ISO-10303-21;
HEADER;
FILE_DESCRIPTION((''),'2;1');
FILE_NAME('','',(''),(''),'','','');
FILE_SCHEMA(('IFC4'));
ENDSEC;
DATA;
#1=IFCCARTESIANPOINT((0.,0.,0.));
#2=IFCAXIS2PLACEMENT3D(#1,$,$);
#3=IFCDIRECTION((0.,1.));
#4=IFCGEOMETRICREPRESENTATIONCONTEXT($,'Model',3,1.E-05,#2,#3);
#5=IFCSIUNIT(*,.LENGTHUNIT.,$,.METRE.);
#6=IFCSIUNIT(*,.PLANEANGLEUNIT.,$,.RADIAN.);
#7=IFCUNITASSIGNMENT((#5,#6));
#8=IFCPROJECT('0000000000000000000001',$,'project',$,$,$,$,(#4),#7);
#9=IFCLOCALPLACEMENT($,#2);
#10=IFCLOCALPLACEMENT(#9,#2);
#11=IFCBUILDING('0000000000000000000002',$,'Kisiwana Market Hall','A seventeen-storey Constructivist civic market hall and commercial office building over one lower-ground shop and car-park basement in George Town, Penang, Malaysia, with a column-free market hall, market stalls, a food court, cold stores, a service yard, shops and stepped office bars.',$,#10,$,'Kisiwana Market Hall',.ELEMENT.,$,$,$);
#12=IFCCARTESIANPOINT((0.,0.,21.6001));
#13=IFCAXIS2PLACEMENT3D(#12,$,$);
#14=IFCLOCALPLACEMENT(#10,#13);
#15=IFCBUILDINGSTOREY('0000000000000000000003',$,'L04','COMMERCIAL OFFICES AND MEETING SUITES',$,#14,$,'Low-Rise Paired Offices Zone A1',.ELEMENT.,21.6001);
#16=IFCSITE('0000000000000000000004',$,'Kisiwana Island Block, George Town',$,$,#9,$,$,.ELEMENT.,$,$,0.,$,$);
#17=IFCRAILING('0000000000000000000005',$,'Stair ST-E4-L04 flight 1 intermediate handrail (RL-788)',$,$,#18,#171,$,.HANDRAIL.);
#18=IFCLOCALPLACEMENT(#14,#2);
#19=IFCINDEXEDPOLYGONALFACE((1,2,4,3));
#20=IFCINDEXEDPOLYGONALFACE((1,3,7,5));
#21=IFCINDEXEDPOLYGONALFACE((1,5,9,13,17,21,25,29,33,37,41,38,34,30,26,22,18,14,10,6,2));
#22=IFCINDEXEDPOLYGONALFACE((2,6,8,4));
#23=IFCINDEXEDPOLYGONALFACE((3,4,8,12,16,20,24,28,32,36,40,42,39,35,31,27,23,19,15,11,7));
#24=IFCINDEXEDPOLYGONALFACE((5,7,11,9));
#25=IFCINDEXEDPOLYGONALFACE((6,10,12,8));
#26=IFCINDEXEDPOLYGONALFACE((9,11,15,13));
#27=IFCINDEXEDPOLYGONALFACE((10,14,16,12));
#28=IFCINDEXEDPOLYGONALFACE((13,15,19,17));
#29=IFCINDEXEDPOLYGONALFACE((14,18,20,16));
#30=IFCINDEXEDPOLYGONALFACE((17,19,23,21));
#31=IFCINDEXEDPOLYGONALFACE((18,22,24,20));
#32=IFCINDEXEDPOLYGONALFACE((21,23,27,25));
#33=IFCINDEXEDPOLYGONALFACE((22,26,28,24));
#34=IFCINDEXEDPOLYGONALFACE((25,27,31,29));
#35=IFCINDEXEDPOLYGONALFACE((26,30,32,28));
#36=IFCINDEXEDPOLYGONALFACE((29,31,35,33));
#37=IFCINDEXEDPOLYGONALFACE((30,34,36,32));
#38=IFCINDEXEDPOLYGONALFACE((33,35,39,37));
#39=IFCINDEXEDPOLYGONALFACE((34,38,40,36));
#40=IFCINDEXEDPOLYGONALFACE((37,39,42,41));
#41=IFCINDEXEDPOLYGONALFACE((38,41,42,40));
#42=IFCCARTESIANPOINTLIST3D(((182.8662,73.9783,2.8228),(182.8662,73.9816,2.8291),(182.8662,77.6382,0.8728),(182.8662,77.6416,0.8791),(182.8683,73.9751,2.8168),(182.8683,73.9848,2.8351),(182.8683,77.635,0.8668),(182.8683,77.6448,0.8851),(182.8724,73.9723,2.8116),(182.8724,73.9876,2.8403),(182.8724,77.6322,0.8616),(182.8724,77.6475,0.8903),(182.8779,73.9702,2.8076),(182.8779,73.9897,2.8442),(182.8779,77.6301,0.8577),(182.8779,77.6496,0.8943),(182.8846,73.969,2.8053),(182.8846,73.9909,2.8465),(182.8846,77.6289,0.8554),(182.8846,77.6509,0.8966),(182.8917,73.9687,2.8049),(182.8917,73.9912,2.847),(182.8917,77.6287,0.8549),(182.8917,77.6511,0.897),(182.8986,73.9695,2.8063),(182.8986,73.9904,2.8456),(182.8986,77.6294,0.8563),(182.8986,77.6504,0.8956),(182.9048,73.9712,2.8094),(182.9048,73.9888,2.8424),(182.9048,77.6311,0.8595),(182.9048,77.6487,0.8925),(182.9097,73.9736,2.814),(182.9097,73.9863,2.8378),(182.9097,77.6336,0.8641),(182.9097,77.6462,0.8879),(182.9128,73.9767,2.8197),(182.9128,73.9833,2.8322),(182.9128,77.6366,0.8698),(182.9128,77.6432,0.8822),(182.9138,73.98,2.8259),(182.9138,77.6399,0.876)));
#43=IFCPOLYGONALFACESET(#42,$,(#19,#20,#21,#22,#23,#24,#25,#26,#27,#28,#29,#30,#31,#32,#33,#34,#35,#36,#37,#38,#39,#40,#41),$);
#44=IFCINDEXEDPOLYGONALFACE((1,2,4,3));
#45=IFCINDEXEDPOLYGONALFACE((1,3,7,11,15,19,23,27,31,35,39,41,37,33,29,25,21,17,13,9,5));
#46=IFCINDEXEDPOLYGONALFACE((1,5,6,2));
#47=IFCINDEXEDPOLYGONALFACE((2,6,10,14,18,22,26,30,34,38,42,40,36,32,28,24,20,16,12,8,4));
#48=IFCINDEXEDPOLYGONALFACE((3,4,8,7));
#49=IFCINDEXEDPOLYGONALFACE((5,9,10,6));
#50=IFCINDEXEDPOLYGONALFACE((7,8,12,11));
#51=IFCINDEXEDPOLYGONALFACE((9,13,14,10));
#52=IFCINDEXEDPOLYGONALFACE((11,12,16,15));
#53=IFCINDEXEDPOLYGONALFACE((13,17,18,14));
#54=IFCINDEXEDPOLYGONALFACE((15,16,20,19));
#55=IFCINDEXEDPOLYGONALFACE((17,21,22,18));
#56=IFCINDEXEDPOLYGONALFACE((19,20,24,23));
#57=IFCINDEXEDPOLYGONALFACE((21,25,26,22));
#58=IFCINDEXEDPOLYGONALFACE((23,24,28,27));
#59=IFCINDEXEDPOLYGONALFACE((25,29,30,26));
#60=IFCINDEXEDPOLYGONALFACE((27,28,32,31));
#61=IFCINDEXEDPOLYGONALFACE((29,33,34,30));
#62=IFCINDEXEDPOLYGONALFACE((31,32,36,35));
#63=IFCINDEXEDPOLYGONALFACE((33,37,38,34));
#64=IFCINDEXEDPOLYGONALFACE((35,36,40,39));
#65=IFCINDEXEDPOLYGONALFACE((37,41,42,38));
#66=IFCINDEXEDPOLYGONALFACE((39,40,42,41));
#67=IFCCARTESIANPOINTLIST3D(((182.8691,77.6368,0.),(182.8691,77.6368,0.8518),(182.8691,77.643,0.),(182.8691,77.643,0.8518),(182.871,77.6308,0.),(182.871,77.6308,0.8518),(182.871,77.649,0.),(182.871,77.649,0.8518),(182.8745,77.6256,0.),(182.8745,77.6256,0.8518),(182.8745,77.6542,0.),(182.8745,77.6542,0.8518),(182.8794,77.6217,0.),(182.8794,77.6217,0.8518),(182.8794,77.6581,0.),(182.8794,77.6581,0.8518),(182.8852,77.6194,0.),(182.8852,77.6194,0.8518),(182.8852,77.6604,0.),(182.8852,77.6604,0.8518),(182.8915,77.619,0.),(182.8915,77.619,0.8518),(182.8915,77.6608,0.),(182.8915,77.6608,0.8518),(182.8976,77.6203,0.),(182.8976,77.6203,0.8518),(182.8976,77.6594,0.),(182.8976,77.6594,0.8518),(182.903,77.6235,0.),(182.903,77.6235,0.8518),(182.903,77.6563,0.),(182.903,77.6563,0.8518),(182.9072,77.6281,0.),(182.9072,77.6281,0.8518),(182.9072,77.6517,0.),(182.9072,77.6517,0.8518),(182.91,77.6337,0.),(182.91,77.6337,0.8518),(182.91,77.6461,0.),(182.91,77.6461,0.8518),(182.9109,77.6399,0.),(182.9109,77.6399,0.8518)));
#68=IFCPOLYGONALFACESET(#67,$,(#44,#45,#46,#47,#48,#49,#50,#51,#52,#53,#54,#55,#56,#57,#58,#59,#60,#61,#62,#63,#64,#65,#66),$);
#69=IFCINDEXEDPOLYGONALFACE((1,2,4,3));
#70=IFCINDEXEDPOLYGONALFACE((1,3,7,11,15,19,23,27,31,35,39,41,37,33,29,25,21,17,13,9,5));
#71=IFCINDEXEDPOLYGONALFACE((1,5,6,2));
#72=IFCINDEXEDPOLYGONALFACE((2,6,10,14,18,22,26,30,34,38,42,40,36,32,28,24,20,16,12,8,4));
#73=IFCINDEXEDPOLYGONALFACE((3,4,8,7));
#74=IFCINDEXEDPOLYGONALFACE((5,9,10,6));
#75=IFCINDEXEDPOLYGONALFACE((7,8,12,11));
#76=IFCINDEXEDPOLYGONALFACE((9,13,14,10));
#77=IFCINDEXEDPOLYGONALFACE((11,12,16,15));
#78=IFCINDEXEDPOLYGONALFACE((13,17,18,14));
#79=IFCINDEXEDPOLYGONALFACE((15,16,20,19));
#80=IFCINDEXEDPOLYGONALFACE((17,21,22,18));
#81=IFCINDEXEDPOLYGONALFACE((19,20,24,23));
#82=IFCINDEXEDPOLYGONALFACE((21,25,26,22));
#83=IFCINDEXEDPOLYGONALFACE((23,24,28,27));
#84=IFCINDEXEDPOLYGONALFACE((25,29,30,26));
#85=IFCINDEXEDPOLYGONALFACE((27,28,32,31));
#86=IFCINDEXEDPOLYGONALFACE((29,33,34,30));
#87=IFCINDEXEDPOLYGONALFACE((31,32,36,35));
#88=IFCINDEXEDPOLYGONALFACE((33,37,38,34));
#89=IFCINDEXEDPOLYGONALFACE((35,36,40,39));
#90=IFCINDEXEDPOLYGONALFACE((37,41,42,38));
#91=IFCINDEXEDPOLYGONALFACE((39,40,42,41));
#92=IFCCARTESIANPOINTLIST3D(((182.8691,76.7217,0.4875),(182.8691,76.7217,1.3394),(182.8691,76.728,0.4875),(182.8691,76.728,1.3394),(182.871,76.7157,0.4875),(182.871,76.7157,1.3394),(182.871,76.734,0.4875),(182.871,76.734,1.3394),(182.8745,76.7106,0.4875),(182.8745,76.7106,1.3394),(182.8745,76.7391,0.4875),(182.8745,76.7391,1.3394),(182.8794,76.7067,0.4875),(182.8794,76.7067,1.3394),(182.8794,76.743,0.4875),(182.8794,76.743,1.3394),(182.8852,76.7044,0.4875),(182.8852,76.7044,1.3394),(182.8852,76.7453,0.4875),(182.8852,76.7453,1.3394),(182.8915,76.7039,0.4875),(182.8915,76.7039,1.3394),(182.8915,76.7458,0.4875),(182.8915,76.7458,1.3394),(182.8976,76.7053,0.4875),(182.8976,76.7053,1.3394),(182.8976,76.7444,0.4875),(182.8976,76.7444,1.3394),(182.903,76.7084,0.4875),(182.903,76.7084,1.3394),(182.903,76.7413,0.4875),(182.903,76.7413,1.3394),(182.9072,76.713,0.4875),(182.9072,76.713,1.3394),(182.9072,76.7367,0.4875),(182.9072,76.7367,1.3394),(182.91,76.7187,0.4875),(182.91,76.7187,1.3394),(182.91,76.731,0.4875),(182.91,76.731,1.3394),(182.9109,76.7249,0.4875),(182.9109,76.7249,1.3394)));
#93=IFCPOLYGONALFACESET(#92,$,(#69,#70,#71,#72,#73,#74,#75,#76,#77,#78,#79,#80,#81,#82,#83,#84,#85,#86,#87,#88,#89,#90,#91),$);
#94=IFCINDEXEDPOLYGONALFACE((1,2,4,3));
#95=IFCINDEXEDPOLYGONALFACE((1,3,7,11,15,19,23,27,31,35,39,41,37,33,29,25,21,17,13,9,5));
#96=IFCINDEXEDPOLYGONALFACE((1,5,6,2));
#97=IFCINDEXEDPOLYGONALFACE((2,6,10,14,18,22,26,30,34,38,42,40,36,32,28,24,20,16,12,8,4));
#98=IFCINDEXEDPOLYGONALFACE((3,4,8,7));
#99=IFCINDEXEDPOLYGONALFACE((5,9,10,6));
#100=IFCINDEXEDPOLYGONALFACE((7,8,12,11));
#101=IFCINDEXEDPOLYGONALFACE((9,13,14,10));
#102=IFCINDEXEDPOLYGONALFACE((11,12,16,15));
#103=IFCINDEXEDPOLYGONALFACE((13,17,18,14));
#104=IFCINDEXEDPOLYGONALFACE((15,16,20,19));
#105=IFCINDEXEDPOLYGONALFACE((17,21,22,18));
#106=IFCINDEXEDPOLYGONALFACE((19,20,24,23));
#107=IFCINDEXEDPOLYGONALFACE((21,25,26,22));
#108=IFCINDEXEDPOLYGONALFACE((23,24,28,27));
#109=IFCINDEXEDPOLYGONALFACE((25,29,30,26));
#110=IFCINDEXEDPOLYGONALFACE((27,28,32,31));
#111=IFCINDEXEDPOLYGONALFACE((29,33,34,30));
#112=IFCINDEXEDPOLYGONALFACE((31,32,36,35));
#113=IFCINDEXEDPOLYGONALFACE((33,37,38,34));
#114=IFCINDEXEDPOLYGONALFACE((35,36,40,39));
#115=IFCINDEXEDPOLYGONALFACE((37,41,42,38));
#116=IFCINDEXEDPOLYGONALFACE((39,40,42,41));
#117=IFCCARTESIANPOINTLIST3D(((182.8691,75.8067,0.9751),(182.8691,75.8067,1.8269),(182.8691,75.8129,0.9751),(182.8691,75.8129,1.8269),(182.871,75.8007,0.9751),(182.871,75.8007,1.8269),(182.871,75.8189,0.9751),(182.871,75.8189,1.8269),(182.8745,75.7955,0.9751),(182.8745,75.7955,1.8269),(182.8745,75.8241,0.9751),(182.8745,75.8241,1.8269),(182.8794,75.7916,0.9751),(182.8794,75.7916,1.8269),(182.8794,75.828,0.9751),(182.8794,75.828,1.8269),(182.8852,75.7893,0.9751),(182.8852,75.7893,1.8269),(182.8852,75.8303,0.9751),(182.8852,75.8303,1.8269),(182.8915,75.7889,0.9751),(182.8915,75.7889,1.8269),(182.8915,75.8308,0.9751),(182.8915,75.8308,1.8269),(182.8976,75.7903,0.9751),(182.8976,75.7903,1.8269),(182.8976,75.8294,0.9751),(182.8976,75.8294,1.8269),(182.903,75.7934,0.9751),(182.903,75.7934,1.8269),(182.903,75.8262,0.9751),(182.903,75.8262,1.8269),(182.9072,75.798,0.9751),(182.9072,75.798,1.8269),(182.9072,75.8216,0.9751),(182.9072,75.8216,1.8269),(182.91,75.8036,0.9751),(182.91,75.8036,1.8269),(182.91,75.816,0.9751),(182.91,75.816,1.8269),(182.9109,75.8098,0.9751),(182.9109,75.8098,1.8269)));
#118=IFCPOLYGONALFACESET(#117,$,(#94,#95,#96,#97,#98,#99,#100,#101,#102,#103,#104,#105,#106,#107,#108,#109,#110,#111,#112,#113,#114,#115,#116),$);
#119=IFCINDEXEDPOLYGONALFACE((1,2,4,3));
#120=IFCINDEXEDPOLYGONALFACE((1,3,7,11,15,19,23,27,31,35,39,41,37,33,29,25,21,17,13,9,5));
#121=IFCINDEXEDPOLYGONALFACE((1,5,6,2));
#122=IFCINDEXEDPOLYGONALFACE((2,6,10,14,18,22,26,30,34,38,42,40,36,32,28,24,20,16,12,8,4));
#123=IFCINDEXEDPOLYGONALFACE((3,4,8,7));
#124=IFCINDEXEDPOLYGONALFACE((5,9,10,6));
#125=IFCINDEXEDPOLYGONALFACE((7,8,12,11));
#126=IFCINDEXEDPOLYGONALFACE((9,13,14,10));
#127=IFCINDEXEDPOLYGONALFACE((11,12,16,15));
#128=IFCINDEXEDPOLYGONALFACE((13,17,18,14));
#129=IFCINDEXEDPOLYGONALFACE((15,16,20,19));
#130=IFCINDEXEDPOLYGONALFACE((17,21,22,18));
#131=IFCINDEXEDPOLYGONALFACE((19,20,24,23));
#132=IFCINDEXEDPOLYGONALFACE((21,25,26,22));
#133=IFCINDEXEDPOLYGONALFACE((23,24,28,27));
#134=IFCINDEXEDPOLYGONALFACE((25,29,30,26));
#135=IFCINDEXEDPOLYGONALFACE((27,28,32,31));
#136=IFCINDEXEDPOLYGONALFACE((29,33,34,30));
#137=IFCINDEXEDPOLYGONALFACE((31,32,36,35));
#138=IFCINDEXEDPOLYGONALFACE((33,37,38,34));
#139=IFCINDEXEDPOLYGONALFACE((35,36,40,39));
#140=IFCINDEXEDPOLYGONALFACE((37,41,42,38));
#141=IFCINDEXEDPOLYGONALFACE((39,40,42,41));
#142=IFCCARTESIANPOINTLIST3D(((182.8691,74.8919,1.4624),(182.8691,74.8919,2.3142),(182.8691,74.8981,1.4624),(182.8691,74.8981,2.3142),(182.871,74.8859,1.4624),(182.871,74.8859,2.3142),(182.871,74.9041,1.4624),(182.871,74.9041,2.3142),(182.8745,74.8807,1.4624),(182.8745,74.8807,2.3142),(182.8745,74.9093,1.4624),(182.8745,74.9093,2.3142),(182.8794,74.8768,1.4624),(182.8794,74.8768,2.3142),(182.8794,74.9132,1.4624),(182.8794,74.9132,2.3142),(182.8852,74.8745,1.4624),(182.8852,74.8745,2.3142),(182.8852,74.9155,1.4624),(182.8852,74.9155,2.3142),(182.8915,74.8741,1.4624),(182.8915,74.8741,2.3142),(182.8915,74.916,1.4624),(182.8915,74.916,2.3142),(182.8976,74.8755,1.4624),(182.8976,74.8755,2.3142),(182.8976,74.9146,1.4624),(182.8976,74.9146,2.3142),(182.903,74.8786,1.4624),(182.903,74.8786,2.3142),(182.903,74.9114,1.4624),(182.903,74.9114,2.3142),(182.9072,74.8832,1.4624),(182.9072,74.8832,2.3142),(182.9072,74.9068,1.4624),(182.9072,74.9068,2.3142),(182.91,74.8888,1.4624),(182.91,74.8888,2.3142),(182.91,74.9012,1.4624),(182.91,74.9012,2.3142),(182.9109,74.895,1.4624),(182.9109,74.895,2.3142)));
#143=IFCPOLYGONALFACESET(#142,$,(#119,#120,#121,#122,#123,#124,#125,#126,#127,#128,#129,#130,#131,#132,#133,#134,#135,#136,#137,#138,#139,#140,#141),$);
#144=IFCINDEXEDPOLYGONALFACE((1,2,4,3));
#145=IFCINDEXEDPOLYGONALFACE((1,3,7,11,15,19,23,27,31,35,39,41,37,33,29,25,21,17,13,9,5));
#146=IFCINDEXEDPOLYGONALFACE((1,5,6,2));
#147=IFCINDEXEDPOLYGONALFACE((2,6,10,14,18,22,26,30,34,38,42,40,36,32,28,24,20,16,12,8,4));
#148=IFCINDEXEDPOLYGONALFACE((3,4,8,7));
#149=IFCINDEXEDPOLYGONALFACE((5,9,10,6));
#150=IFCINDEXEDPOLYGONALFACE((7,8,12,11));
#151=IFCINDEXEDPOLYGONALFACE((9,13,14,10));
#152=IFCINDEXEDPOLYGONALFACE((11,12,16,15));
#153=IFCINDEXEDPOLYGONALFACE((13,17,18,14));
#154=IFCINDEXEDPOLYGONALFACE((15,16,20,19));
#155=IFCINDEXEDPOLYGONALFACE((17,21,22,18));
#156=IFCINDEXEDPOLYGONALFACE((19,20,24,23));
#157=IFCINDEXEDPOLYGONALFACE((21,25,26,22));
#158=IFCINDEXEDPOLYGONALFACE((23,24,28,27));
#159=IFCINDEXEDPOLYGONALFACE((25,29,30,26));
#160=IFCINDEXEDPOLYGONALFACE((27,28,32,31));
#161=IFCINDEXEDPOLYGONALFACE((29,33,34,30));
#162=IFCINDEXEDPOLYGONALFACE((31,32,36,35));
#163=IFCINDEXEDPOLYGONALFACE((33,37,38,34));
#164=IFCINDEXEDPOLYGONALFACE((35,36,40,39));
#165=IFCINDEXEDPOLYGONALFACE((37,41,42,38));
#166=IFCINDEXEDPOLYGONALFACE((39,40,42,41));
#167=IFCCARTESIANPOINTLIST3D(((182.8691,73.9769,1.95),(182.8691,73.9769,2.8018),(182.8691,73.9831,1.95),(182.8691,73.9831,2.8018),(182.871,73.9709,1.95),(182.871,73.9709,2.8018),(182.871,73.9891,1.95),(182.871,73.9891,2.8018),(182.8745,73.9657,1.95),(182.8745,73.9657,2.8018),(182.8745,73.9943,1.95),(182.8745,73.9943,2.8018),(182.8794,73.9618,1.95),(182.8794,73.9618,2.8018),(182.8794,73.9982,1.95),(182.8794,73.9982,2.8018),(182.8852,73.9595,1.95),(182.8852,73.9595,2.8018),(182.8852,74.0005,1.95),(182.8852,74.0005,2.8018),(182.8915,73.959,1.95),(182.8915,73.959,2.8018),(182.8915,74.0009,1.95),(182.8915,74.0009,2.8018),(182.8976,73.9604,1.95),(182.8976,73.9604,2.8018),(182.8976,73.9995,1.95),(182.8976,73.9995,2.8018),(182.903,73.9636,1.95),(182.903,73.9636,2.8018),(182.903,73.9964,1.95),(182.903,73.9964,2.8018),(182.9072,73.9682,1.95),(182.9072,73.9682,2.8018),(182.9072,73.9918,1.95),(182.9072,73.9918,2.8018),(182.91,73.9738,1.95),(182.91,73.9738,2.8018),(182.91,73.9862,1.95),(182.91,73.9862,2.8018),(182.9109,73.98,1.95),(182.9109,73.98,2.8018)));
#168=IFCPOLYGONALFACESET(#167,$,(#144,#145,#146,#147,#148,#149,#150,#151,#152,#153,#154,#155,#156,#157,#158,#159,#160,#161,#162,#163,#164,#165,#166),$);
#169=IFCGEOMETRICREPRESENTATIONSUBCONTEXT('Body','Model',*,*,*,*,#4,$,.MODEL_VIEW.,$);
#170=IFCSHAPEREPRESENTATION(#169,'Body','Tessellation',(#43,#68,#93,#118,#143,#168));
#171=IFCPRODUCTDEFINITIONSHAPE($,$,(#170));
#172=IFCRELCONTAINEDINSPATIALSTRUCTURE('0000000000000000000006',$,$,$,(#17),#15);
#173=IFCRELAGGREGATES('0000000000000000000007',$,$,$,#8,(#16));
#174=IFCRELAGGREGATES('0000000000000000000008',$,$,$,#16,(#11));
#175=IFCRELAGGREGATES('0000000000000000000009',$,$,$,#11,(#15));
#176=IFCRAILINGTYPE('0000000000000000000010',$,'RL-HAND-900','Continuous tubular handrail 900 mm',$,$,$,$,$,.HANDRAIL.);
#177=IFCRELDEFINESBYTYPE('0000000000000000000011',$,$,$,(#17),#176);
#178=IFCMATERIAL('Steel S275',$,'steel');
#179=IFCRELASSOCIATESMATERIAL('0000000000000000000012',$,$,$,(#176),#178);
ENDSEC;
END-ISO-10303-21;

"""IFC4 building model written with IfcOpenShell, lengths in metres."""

from ifc_helpers import new_model, si_unit, direction, frame, origin, origin_2d, place, context, subcontext, project, spatial, circle, extrude, material, type_object, element, save


model = new_model("IFC4")

# Units and contexts
model_context = context("Model", 3, precision=1e-05, world=origin(), true_north=direction((0.0, 1.0)))
body_context = subcontext(model_context, "Body", "Model", "MODEL_VIEW")
ifc_project = project(units=[si_unit("LENGTHUNIT", "METRE"), si_unit("PLANEANGLEUNIT", "RADIAN")], contexts=[model_context])

# Site, building, storey
site_placement = place(None, origin())
site = spatial("IfcSite", under=ifc_project, at=site_placement, Name="Kisiwana Island Block, George Town", CompositionType="ELEMENT", RefElevation=0.0)
building_placement = place(site_placement, origin())
building = spatial("IfcBuilding", under=site, at=building_placement, Name="Kisiwana Market Hall", Description="A seventeen-storey Constructivist civic market hall and commercial office building over one lower-ground shop and car-park basement in George Town, Penang, Malaysia, with a column-free market hall, market stalls, a food court, cold stores, a service yard, shops and stepped office bars.", LongName="Kisiwana Market Hall", CompositionType="ELEMENT")
storey_placement = place(building_placement, frame((0.0, 0.0, 21.6001)))
storey = spatial("IfcBuildingStorey", under=building, at=storey_placement, Name="L04", Description="COMMERCIAL OFFICES AND MEETING SUITES", LongName="Low-Rise Paired Offices Zone A1", CompositionType="ELEMENT", Elevation=21.6001)

# Railing
ifc_material_1 = material(Name="Steel S275", Category="steel")
railing_type_1 = type_object("IfcRailingType", Name="RL-HAND-900", Description="Continuous tubular handrail 900 mm", PredefinedType="HANDRAIL", material=ifc_material_1)
for number, where, name in (
    (1, (182.8899, 77.6399, 0.0), "Stair ST-E4-L04 flight 1 intermediate handrail (RL-788)"),
):
    element("IfcRailing", number, at=place(storey_placement, frame(where)), inside=storey, type_object=railing_type_1, Name=name, PredefinedType="HANDRAIL", context=body_context, shape_type="SweptSolid", body=[
        extrude(circle(Radius=0.0239, at=origin_2d()), frame((0.0, 0.0, 0.876), z_axis=(0.0, -0.882553, 0.470212), x_axis=(1.0, 0.0, 0.0)), (0.0, 0.0, 1.0), 4.147),
        extrude(circle(Radius=0.021, at=origin_2d()), origin(), (0.0, 0.0, 1.0), 0.8518),
        extrude(circle(Radius=0.021, at=origin_2d()), frame((0.0, -0.915, 0.4875)), (0.0, 0.0, 1.0), 0.8518),
        extrude(circle(Radius=0.021, at=origin_2d()), frame((0.0, -1.8301, 0.9751)), (0.0, 0.0, 1.0), 0.8518),
        extrude(circle(Radius=0.021, at=origin_2d()), frame((0.0, -2.7449, 1.4624)), (0.0, 0.0, 1.0), 0.8518),
        extrude(circle(Radius=0.021, at=origin_2d()), frame((0.0, -3.6599, 1.95)), (0.0, 0.0, 1.0), 0.8518),
    ])

save(model, "model.ifc")
